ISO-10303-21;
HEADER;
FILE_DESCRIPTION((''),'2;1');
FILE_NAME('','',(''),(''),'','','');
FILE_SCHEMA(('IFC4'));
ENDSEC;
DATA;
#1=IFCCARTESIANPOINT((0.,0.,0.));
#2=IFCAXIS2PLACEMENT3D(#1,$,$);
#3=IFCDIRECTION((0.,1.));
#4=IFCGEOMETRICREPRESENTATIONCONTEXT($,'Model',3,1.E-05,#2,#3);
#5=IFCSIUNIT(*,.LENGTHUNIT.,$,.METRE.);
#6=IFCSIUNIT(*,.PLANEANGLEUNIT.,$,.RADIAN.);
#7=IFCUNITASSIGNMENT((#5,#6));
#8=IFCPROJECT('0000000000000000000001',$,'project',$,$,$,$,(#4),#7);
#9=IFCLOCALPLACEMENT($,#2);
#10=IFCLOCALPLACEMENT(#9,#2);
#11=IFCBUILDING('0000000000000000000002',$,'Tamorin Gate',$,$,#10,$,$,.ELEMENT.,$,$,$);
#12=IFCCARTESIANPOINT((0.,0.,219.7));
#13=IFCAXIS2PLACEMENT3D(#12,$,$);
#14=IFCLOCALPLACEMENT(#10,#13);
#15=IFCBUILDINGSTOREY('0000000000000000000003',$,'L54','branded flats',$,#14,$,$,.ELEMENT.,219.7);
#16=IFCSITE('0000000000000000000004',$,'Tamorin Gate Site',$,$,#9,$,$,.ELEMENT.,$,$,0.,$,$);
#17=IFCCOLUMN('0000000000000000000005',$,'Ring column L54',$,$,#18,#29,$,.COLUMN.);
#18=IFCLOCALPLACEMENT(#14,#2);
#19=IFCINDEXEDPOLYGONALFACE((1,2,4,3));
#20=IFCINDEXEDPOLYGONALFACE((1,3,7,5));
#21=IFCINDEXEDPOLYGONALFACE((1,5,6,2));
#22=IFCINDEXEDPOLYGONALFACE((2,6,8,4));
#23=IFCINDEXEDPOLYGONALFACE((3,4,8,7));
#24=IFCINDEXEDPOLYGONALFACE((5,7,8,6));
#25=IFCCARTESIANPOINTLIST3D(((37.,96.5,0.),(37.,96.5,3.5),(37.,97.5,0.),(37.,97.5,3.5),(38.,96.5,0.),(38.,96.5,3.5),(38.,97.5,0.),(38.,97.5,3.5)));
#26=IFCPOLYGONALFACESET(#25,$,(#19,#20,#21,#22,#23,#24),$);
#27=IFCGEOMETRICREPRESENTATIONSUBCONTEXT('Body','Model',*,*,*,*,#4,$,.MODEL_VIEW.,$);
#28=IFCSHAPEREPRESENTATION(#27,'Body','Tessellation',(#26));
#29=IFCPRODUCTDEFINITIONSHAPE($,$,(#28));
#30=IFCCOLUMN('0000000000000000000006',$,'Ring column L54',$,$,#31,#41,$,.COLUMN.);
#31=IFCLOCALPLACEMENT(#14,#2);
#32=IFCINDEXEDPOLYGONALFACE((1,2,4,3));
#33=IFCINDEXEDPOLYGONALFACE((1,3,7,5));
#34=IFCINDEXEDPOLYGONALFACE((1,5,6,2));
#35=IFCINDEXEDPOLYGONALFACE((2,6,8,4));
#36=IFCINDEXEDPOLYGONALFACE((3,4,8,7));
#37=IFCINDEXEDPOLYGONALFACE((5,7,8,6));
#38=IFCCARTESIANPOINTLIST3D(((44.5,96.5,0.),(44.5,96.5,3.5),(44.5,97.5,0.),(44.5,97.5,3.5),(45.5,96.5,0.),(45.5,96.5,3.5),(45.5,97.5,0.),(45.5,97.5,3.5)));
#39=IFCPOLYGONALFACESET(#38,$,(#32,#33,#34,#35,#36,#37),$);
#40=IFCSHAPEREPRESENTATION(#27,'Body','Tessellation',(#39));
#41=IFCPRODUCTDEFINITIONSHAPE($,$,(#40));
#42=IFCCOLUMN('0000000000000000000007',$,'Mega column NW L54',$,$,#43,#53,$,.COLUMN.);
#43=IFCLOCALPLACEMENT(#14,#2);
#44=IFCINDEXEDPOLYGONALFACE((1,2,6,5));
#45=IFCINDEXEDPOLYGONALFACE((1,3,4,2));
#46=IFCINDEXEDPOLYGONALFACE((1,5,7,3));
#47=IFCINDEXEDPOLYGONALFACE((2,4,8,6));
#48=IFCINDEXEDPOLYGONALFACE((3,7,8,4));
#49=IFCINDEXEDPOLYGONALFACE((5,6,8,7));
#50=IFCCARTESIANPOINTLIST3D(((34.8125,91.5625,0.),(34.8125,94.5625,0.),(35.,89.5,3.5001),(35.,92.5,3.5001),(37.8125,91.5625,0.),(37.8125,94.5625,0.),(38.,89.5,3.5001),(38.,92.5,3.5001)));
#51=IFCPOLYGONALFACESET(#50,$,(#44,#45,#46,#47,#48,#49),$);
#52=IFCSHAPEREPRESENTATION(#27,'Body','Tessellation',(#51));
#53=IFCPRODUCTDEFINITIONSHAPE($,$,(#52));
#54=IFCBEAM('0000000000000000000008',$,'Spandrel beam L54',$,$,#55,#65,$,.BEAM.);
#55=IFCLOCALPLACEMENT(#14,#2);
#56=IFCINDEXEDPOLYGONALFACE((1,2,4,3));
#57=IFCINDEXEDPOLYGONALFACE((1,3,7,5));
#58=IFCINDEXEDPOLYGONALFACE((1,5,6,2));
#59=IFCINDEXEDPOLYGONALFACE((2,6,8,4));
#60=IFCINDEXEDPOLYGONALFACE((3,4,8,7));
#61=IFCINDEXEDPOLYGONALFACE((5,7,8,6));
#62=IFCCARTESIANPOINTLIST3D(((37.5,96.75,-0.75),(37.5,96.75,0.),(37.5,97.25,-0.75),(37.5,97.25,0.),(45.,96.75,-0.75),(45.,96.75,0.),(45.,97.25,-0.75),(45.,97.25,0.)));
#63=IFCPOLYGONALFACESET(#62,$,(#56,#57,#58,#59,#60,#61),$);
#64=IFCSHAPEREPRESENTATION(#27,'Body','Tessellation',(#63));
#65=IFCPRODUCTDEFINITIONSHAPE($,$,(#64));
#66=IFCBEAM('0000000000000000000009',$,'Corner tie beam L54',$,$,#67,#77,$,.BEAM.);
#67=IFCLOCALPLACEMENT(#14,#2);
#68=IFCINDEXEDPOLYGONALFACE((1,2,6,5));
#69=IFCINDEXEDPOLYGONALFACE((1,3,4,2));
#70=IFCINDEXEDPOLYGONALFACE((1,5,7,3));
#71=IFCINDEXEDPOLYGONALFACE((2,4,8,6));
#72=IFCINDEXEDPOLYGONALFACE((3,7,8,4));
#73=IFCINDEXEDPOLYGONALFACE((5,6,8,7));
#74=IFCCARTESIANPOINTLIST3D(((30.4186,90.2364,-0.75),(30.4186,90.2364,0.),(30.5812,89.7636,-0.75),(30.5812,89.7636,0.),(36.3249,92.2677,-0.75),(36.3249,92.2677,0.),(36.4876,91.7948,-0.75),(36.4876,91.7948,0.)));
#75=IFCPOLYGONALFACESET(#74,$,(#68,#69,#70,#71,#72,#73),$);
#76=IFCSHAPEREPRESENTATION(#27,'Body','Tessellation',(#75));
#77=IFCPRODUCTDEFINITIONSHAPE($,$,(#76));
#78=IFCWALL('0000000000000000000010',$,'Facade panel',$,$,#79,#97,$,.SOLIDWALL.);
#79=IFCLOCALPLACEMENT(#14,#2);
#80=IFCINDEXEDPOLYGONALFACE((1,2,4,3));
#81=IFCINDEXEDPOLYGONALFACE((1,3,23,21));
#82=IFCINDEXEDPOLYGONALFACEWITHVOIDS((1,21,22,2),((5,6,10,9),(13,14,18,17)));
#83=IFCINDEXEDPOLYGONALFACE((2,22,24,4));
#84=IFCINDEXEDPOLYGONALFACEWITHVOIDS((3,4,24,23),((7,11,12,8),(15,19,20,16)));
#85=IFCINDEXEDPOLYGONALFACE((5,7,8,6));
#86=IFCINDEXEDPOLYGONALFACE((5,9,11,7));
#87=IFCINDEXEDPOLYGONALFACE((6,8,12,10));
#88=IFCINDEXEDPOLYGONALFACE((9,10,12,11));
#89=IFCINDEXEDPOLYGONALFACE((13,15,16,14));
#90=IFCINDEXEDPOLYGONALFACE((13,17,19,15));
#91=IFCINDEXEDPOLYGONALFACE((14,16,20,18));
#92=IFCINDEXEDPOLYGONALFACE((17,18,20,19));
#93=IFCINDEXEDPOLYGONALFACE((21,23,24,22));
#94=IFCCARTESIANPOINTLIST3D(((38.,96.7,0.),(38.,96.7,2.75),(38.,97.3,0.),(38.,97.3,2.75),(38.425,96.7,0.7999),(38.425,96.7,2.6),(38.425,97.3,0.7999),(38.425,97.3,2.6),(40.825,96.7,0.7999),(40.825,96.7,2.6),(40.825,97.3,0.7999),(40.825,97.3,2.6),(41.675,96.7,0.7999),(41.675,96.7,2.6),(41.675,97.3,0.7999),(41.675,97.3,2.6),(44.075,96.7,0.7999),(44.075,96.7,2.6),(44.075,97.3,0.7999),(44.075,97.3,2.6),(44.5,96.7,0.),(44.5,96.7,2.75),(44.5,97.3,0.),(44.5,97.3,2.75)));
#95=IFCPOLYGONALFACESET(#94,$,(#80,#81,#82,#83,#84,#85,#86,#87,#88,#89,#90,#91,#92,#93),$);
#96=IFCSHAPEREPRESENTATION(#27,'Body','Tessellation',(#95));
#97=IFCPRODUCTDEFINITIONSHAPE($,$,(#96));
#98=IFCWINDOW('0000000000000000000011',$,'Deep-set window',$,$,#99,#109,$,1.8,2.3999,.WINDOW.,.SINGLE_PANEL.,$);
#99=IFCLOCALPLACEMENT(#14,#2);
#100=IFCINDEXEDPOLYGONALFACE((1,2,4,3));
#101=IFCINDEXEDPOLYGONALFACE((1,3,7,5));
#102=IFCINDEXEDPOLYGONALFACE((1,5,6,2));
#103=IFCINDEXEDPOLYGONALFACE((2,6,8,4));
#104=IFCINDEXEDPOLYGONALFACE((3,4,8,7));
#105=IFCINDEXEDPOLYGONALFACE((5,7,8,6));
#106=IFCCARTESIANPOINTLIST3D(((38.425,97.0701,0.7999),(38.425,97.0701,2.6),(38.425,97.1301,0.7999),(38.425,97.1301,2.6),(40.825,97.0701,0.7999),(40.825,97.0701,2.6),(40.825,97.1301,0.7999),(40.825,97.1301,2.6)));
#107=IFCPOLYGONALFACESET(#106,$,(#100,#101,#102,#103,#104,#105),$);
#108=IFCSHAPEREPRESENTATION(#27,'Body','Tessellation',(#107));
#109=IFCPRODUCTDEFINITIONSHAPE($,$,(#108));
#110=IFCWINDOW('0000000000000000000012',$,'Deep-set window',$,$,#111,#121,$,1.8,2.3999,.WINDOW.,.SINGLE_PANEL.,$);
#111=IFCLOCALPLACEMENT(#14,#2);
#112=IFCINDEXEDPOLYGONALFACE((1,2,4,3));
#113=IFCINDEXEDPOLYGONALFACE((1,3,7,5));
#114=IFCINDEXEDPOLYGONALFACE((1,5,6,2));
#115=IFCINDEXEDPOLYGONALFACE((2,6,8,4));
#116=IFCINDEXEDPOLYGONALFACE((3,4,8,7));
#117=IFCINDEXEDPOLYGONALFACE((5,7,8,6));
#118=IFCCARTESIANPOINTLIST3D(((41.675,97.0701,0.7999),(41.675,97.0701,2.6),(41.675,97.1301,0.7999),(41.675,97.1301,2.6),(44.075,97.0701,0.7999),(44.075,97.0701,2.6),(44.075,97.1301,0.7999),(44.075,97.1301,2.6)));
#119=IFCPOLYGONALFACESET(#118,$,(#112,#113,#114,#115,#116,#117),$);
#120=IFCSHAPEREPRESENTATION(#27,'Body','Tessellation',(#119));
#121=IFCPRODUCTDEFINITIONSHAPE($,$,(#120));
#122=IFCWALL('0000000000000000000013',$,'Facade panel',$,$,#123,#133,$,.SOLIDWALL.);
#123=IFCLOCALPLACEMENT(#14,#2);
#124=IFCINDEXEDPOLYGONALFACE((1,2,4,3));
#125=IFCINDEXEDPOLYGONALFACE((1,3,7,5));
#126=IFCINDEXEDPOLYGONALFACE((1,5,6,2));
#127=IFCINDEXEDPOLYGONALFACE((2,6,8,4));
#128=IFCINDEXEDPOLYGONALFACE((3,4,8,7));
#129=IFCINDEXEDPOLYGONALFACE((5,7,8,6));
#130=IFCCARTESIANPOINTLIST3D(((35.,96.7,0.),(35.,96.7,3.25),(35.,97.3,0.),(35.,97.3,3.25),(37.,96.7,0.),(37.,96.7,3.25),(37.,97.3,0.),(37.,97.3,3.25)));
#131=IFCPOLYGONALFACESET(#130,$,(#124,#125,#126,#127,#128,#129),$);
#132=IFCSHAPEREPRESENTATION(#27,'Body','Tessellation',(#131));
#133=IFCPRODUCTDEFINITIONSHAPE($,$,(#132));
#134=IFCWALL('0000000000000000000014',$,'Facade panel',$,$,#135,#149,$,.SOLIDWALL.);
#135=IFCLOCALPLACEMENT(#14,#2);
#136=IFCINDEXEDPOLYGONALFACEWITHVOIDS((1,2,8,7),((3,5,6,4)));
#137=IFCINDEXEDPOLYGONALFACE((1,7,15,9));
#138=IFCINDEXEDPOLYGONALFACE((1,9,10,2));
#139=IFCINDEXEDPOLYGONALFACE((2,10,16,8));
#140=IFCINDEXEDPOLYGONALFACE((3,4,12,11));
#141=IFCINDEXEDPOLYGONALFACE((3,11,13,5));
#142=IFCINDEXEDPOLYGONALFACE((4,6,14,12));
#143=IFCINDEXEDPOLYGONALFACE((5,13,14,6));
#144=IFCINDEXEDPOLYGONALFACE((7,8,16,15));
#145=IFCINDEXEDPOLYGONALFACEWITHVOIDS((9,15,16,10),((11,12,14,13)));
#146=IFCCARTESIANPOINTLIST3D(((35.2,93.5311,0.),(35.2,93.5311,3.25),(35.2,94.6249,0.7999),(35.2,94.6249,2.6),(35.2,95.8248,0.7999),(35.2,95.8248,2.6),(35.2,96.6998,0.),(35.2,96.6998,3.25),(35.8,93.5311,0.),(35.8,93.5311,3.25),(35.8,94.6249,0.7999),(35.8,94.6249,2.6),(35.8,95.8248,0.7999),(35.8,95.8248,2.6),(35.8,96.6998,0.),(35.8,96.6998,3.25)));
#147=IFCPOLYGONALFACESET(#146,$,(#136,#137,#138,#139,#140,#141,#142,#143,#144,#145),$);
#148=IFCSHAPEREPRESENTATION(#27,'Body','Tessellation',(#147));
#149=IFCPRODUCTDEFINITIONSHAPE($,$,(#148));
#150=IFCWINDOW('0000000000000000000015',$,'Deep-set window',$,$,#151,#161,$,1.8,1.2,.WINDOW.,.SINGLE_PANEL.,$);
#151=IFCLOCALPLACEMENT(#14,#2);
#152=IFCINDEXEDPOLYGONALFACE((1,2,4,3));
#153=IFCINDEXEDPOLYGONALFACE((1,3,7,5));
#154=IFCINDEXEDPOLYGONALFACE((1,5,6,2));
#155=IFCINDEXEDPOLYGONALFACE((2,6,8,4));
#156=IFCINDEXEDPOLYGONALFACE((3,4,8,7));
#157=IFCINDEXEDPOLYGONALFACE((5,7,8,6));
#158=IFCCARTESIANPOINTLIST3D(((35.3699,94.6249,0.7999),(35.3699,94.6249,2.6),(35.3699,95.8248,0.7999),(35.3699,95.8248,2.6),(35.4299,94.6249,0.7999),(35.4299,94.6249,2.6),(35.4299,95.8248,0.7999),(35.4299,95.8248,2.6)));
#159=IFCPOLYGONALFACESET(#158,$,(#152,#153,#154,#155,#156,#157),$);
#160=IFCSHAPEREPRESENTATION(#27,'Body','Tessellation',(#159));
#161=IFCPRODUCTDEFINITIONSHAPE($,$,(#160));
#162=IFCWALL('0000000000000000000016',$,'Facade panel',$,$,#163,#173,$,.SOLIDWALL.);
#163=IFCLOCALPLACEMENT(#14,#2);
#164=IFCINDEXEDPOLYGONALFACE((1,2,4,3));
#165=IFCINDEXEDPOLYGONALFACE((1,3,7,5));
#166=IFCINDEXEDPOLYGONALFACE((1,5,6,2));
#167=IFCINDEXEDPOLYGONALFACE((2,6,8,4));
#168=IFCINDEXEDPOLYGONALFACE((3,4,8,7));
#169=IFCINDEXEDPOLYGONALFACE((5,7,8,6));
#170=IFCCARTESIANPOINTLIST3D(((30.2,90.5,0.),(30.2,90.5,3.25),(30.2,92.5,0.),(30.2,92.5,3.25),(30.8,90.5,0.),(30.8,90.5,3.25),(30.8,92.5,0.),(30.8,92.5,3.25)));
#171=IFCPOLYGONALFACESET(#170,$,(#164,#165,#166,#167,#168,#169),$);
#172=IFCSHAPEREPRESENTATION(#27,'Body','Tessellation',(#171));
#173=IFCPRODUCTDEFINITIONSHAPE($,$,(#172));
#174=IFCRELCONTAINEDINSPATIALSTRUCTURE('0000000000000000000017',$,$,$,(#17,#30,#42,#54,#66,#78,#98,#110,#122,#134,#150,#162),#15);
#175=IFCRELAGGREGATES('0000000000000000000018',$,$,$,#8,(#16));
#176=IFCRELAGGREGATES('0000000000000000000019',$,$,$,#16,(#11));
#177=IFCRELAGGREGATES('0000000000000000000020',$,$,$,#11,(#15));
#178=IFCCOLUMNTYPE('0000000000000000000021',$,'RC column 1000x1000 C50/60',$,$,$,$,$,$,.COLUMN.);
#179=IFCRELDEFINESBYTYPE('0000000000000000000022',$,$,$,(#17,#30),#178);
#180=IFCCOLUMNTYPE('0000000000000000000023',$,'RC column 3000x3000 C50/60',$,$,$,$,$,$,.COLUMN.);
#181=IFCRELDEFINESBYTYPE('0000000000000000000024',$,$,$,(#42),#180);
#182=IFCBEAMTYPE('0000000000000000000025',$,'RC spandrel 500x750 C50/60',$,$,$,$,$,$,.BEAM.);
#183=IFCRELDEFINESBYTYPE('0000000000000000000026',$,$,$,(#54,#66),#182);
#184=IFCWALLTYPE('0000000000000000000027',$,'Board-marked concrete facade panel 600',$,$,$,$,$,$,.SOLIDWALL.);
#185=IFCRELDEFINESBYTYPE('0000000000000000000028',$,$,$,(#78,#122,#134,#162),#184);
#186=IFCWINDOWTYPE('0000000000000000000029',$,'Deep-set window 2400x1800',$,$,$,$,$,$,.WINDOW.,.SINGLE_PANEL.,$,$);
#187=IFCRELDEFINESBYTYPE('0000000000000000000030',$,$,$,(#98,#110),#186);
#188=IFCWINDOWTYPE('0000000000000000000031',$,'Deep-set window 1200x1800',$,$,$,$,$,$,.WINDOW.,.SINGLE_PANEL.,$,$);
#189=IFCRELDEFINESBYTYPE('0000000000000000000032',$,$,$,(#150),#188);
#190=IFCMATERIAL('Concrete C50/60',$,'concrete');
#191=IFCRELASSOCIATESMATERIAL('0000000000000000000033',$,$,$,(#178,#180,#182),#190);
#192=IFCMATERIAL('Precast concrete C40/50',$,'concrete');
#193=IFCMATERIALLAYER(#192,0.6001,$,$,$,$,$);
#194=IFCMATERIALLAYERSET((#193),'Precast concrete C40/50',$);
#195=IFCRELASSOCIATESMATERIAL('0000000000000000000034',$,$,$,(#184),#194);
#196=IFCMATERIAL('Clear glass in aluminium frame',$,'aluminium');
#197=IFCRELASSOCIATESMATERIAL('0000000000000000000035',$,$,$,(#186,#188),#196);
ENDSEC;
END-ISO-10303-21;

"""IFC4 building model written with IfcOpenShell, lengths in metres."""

from ifc_helpers import new_model, si_unit, direction, frame, frame_2d, origin, origin_2d, place, context, subcontext, project, spatial, rectangle, extrude, material, layer, layer_set, material_profile, profile_set, type_object, element, fill, save


model = new_model("IFC4")

# Units and contexts
model_context = context("Model", 3, precision=1e-05, world=origin(), true_north=direction((0.0, 1.0)))
body_context = subcontext(model_context, "Body", "Model", "MODEL_VIEW")
ifc_project = project(units=[si_unit("LENGTHUNIT", "METRE"), si_unit("PLANEANGLEUNIT", "RADIAN")], contexts=[model_context])

# Site, building, storey
site_placement = place(None, origin())
site = spatial("IfcSite", under=ifc_project, at=site_placement, Name="Tamorin Gate Site", CompositionType="ELEMENT", RefElevation=0.0)
building_placement = place(site_placement, origin())
building = spatial("IfcBuilding", under=site, at=building_placement, Name="Tamorin Gate", CompositionType="ELEMENT")
storey_placement = place(building_placement, frame((0.0, 0.0, 219.7)))
storey = spatial("IfcBuildingStorey", under=building, at=storey_placement, Name="L54", Description="branded flats", CompositionType="ELEMENT", Elevation=219.7)

# Columns
ifc_material_1 = material(Name="Concrete C50/60", Category="concrete")
ifc_material_profile_1 = material_profile(ifc_material_1, rectangle(XDim=1.0, YDim=1.0, at=origin_2d()), Name="RC 1000x1000")
ifc_profile_set_1 = profile_set([ifc_material_profile_1], Name="Concrete C50/60")
column_type_1 = type_object("IfcColumnType", Name="RC column 1000x1000 C50/60", PredefinedType="COLUMN", material=ifc_profile_set_1)
for number, where, z_axis, x_axis, name in (
    (1, (37.5, 97.0, 0.0), (0.0, 0.0, 1.0), (1.0, 0.0, 0.0), "Ring column L54"),
    (2, (45.0, 97.0, 0.0), (0.0, 0.0, 1.0), (1.0, 0.0, 0.0), "Ring column L54"),
):
    element("IfcColumn", number, at=place(storey_placement, frame(where, z_axis=z_axis, x_axis=x_axis)), inside=storey, type_object=column_type_1, Name=name, PredefinedType="COLUMN", context=body_context, shape_type="SweptSolid", body=[
        extrude(rectangle(XDim=1.0, YDim=1.0, at=origin_2d()), origin(), (0.0, 0.0, 1.0), 3.5),
    ])
ifc_material_profile_2 = material_profile(ifc_material_1, rectangle(XDim=3.0, YDim=3.0, at=origin_2d()), Name="RC 3000x3000")
ifc_profile_set_2 = profile_set([ifc_material_profile_2], Name="Concrete C50/60")
column_type_2 = type_object("IfcColumnType", Name="RC column 3000x3000 C50/60", PredefinedType="COLUMN", material=ifc_profile_set_2)
column_placement = place(storey_placement, frame((36.3125, 93.0625, 0.0), z_axis=(0.0, 0.0, 1.0), x_axis=(0.0, -1.0, 0.0)))
element("IfcColumn", 3, at=column_placement, inside=storey, type_object=column_type_2, Name="Mega column NW L54", PredefinedType="COLUMN", context=body_context, shape_type="SweptSolid", body=[
    extrude(rectangle(XDim=3.0, YDim=3.0, at=origin_2d()), origin(), (0.507152, 0.046105, 0.860622), 4.0669),
])

# Beams
ifc_material_profile_3 = material_profile(ifc_material_1, rectangle(XDim=0.5, YDim=0.75, at=origin_2d()), Name="RC 500x750")
ifc_profile_set_3 = profile_set([ifc_material_profile_3], Name="Concrete C50/60")
beam_type = type_object("IfcBeamType", Name="RC spandrel 500x750 C50/60", PredefinedType="BEAM", material=ifc_profile_set_3)
beam_1_placement = place(storey_placement, frame((45.0, 97.0, -0.375), z_axis=(-1.0, 0.0, 0.0), x_axis=(0.0, -1.0, 0.0)))
element("IfcBeam", 4, at=beam_1_placement, inside=storey, type_object=beam_type, Name="Spandrel beam L54", PredefinedType="BEAM", context=body_context, shape_type="SweptSolid", body=[
    extrude(rectangle(XDim=0.5, YDim=0.75, at=origin_2d()), origin(), (0.0, 0.0, 1.0), 7.5),
])
beam_2_placement = place(storey_placement, frame((36.4062, 92.0312, -0.375), z_axis=(-0.945639, -0.32522, 0.0), x_axis=(0.32522, -0.945639, 0.0)))
element("IfcBeam", 5, at=beam_2_placement, inside=storey, type_object=beam_type, Name="Corner tie beam L54", PredefinedType="BEAM", context=body_context, shape_type="SweptSolid", body=[
    extrude(rectangle(XDim=0.5, YDim=0.75, at=origin_2d()), origin(), (0.0, 0.0, 1.0), 6.2458),
])

# Wall, openings, windows
ifc_material_2 = material(Name="Precast concrete C40/50", Category="concrete")
ifc_layer_1 = layer(ifc_material_2, 0.6001)
ifc_layer_set_1 = layer_set([ifc_layer_1], Name="Precast concrete C40/50")
wall_type_1 = type_object("IfcWallType", Name="Board-marked concrete facade panel 600", PredefinedType="SOLIDWALL", material=ifc_layer_set_1)
wall_1_placement = place(storey_placement, frame((44.5, 97.0, 0.0), z_axis=(0.0, 0.0, 1.0), x_axis=(-1.0, 0.0, 0.0)))
wall_1 = element("IfcWall", 6, at=wall_1_placement, inside=storey, type_object=wall_type_1, Name="Facade panel", PredefinedType="SOLIDWALL", context=body_context, shape_type="SweptSolid", body=[
    extrude(rectangle(XDim=6.5, YDim=0.6001, at=frame_2d((3.25, 0.0))), origin(), (0.0, 0.0, 1.0), 2.75),
])
opening_1_placement = place(wall_1_placement, frame((3.675, 0.0, 0.8)))
opening_1 = element("IfcOpeningElement", 7, at=opening_1_placement, cuts=wall_1, PredefinedType="OPENING", context=body_context, shape_type="SweptSolid", body=[
    extrude(rectangle(XDim=2.3999, YDim=1.8, at=frame_2d((1.2, 0.8999))), frame((0.0, 0.3101, 0.0), z_axis=(0.0, -1.0, 0.0), x_axis=(1.0, 0.0, 0.0)), (0.0, 0.0, 1.0), 0.6201),
])
opening_2_placement = place(wall_1_placement, frame((0.425, 0.0, 0.8)))
opening_2 = element("IfcOpeningElement", 8, at=opening_2_placement, cuts=wall_1, PredefinedType="OPENING", context=body_context, shape_type="SweptSolid", body=[
    extrude(rectangle(XDim=2.3999, YDim=1.8, at=frame_2d((1.2, 0.8999))), frame((0.0, 0.3101, 0.0), z_axis=(0.0, -1.0, 0.0), x_axis=(1.0, 0.0, 0.0)), (0.0, 0.0, 1.0), 0.6201),
])
ifc_material_3 = material(Name="Clear glass in aluminium frame", Category="aluminium")
window_type_1 = type_object("IfcWindowType", Name="Deep-set window 2400x1800", PartitioningType="SINGLE_PANEL", PredefinedType="WINDOW", material=ifc_material_3)
window_1_placement = place(opening_1_placement, origin())
window_1 = element("IfcWindow", 9, at=window_1_placement, inside=storey, type_object=window_type_1, Name="Deep-set window", OverallHeight=1.8, OverallWidth=2.3999, PartitioningType="SINGLE_PANEL", PredefinedType="WINDOW", context=body_context, shape_type="SweptSolid", body=[
    extrude(rectangle(XDim=2.3999, YDim=1.8, at=frame_2d((1.2, 0.8999))), frame((0.0, -0.0701, 0.0), z_axis=(0.0, -1.0, 0.0), x_axis=(1.0, 0.0, 0.0)), (0.0, 0.0, 1.0), 0.0601),
])
fill(opening_1, window_1)
window_2_placement = place(opening_2_placement, origin())
window_2 = element("IfcWindow", 10, at=window_2_placement, inside=storey, type_object=window_type_1, Name="Deep-set window", OverallHeight=1.8, OverallWidth=2.3999, PartitioningType="SINGLE_PANEL", PredefinedType="WINDOW", context=body_context, shape_type="SweptSolid", body=[
    extrude(rectangle(XDim=2.3999, YDim=1.8, at=frame_2d((1.2, 0.8999))), frame((0.0, -0.0701, 0.0), z_axis=(0.0, -1.0, 0.0), x_axis=(1.0, 0.0, 0.0)), (0.0, 0.0, 1.0), 0.0601),
])
fill(opening_2, window_2)

# Wall
wall_2_placement = place(storey_placement, frame((37.0, 97.0, 0.0), z_axis=(0.0, 0.0, 1.0), x_axis=(-1.0, 0.0, 0.0)))
element("IfcWall", 11, at=wall_2_placement, inside=storey, type_object=wall_type_1, Name="Facade panel", PredefinedType="SOLIDWALL", context=body_context, shape_type="SweptSolid", body=[
    extrude(rectangle(XDim=2.0, YDim=0.6001, at=frame_2d((1.0, 0.0))), origin(), (0.0, 0.0, 1.0), 3.25),
])

# Wall, opening, window
wall_3_placement = place(storey_placement, frame((35.5, 96.7, 0.0), z_axis=(0.0, 0.0, 1.0), x_axis=(0.0, -1.0, 0.0)))
wall_3 = element("IfcWall", 12, at=wall_3_placement, inside=storey, type_object=wall_type_1, Name="Facade panel", PredefinedType="SOLIDWALL", context=body_context, shape_type="SweptSolid", body=[
    extrude(rectangle(XDim=3.1687, YDim=0.6001, at=frame_2d((1.5845, 0.0))), origin(), (0.0, 0.0, 1.0), 3.25),
])
opening_3_placement = place(wall_3_placement, frame((0.875, 0.0, 0.8)))
opening_3 = element("IfcOpeningElement", 13, at=opening_3_placement, cuts=wall_3, PredefinedType="OPENING", context=body_context, shape_type="SweptSolid", body=[
    extrude(rectangle(XDim=1.2, YDim=1.8, at=frame_2d((0.6001, 0.8999))), frame((0.0, 0.3101, 0.0), z_axis=(0.0, -1.0, 0.0), x_axis=(1.0, 0.0, 0.0)), (0.0, 0.0, 1.0), 0.6201),
])
window_type_2 = type_object("IfcWindowType", Name="Deep-set window 1200x1800", PartitioningType="SINGLE_PANEL", PredefinedType="WINDOW", material=ifc_material_3)
window_3_placement = place(opening_3_placement, origin())
window_3 = element("IfcWindow", 14, at=window_3_placement, inside=storey, type_object=window_type_2, Name="Deep-set window", OverallHeight=1.8, OverallWidth=1.2, PartitioningType="SINGLE_PANEL", PredefinedType="WINDOW", context=body_context, shape_type="SweptSolid", body=[
    extrude(rectangle(XDim=1.2, YDim=1.8, at=frame_2d((0.6001, 0.8999))), frame((0.0, -0.0701, 0.0), z_axis=(0.0, -1.0, 0.0), x_axis=(1.0, 0.0, 0.0)), (0.0, 0.0, 1.0), 0.0601),
])
fill(opening_3, window_3)

# Wall
wall_4_placement = place(storey_placement, frame((30.5, 92.5, 0.0), z_axis=(0.0, 0.0, 1.0), x_axis=(0.0, -1.0, 0.0)))
element("IfcWall", 15, at=wall_4_placement, inside=storey, type_object=wall_type_1, Name="Facade panel", PredefinedType="SOLIDWALL", context=body_context, shape_type="SweptSolid", body=[
    extrude(rectangle(XDim=2.0, YDim=0.6001, at=frame_2d((1.0, 0.0))), origin(), (0.0, 0.0, 1.0), 3.25),
])

save(model, "model.ifc")
